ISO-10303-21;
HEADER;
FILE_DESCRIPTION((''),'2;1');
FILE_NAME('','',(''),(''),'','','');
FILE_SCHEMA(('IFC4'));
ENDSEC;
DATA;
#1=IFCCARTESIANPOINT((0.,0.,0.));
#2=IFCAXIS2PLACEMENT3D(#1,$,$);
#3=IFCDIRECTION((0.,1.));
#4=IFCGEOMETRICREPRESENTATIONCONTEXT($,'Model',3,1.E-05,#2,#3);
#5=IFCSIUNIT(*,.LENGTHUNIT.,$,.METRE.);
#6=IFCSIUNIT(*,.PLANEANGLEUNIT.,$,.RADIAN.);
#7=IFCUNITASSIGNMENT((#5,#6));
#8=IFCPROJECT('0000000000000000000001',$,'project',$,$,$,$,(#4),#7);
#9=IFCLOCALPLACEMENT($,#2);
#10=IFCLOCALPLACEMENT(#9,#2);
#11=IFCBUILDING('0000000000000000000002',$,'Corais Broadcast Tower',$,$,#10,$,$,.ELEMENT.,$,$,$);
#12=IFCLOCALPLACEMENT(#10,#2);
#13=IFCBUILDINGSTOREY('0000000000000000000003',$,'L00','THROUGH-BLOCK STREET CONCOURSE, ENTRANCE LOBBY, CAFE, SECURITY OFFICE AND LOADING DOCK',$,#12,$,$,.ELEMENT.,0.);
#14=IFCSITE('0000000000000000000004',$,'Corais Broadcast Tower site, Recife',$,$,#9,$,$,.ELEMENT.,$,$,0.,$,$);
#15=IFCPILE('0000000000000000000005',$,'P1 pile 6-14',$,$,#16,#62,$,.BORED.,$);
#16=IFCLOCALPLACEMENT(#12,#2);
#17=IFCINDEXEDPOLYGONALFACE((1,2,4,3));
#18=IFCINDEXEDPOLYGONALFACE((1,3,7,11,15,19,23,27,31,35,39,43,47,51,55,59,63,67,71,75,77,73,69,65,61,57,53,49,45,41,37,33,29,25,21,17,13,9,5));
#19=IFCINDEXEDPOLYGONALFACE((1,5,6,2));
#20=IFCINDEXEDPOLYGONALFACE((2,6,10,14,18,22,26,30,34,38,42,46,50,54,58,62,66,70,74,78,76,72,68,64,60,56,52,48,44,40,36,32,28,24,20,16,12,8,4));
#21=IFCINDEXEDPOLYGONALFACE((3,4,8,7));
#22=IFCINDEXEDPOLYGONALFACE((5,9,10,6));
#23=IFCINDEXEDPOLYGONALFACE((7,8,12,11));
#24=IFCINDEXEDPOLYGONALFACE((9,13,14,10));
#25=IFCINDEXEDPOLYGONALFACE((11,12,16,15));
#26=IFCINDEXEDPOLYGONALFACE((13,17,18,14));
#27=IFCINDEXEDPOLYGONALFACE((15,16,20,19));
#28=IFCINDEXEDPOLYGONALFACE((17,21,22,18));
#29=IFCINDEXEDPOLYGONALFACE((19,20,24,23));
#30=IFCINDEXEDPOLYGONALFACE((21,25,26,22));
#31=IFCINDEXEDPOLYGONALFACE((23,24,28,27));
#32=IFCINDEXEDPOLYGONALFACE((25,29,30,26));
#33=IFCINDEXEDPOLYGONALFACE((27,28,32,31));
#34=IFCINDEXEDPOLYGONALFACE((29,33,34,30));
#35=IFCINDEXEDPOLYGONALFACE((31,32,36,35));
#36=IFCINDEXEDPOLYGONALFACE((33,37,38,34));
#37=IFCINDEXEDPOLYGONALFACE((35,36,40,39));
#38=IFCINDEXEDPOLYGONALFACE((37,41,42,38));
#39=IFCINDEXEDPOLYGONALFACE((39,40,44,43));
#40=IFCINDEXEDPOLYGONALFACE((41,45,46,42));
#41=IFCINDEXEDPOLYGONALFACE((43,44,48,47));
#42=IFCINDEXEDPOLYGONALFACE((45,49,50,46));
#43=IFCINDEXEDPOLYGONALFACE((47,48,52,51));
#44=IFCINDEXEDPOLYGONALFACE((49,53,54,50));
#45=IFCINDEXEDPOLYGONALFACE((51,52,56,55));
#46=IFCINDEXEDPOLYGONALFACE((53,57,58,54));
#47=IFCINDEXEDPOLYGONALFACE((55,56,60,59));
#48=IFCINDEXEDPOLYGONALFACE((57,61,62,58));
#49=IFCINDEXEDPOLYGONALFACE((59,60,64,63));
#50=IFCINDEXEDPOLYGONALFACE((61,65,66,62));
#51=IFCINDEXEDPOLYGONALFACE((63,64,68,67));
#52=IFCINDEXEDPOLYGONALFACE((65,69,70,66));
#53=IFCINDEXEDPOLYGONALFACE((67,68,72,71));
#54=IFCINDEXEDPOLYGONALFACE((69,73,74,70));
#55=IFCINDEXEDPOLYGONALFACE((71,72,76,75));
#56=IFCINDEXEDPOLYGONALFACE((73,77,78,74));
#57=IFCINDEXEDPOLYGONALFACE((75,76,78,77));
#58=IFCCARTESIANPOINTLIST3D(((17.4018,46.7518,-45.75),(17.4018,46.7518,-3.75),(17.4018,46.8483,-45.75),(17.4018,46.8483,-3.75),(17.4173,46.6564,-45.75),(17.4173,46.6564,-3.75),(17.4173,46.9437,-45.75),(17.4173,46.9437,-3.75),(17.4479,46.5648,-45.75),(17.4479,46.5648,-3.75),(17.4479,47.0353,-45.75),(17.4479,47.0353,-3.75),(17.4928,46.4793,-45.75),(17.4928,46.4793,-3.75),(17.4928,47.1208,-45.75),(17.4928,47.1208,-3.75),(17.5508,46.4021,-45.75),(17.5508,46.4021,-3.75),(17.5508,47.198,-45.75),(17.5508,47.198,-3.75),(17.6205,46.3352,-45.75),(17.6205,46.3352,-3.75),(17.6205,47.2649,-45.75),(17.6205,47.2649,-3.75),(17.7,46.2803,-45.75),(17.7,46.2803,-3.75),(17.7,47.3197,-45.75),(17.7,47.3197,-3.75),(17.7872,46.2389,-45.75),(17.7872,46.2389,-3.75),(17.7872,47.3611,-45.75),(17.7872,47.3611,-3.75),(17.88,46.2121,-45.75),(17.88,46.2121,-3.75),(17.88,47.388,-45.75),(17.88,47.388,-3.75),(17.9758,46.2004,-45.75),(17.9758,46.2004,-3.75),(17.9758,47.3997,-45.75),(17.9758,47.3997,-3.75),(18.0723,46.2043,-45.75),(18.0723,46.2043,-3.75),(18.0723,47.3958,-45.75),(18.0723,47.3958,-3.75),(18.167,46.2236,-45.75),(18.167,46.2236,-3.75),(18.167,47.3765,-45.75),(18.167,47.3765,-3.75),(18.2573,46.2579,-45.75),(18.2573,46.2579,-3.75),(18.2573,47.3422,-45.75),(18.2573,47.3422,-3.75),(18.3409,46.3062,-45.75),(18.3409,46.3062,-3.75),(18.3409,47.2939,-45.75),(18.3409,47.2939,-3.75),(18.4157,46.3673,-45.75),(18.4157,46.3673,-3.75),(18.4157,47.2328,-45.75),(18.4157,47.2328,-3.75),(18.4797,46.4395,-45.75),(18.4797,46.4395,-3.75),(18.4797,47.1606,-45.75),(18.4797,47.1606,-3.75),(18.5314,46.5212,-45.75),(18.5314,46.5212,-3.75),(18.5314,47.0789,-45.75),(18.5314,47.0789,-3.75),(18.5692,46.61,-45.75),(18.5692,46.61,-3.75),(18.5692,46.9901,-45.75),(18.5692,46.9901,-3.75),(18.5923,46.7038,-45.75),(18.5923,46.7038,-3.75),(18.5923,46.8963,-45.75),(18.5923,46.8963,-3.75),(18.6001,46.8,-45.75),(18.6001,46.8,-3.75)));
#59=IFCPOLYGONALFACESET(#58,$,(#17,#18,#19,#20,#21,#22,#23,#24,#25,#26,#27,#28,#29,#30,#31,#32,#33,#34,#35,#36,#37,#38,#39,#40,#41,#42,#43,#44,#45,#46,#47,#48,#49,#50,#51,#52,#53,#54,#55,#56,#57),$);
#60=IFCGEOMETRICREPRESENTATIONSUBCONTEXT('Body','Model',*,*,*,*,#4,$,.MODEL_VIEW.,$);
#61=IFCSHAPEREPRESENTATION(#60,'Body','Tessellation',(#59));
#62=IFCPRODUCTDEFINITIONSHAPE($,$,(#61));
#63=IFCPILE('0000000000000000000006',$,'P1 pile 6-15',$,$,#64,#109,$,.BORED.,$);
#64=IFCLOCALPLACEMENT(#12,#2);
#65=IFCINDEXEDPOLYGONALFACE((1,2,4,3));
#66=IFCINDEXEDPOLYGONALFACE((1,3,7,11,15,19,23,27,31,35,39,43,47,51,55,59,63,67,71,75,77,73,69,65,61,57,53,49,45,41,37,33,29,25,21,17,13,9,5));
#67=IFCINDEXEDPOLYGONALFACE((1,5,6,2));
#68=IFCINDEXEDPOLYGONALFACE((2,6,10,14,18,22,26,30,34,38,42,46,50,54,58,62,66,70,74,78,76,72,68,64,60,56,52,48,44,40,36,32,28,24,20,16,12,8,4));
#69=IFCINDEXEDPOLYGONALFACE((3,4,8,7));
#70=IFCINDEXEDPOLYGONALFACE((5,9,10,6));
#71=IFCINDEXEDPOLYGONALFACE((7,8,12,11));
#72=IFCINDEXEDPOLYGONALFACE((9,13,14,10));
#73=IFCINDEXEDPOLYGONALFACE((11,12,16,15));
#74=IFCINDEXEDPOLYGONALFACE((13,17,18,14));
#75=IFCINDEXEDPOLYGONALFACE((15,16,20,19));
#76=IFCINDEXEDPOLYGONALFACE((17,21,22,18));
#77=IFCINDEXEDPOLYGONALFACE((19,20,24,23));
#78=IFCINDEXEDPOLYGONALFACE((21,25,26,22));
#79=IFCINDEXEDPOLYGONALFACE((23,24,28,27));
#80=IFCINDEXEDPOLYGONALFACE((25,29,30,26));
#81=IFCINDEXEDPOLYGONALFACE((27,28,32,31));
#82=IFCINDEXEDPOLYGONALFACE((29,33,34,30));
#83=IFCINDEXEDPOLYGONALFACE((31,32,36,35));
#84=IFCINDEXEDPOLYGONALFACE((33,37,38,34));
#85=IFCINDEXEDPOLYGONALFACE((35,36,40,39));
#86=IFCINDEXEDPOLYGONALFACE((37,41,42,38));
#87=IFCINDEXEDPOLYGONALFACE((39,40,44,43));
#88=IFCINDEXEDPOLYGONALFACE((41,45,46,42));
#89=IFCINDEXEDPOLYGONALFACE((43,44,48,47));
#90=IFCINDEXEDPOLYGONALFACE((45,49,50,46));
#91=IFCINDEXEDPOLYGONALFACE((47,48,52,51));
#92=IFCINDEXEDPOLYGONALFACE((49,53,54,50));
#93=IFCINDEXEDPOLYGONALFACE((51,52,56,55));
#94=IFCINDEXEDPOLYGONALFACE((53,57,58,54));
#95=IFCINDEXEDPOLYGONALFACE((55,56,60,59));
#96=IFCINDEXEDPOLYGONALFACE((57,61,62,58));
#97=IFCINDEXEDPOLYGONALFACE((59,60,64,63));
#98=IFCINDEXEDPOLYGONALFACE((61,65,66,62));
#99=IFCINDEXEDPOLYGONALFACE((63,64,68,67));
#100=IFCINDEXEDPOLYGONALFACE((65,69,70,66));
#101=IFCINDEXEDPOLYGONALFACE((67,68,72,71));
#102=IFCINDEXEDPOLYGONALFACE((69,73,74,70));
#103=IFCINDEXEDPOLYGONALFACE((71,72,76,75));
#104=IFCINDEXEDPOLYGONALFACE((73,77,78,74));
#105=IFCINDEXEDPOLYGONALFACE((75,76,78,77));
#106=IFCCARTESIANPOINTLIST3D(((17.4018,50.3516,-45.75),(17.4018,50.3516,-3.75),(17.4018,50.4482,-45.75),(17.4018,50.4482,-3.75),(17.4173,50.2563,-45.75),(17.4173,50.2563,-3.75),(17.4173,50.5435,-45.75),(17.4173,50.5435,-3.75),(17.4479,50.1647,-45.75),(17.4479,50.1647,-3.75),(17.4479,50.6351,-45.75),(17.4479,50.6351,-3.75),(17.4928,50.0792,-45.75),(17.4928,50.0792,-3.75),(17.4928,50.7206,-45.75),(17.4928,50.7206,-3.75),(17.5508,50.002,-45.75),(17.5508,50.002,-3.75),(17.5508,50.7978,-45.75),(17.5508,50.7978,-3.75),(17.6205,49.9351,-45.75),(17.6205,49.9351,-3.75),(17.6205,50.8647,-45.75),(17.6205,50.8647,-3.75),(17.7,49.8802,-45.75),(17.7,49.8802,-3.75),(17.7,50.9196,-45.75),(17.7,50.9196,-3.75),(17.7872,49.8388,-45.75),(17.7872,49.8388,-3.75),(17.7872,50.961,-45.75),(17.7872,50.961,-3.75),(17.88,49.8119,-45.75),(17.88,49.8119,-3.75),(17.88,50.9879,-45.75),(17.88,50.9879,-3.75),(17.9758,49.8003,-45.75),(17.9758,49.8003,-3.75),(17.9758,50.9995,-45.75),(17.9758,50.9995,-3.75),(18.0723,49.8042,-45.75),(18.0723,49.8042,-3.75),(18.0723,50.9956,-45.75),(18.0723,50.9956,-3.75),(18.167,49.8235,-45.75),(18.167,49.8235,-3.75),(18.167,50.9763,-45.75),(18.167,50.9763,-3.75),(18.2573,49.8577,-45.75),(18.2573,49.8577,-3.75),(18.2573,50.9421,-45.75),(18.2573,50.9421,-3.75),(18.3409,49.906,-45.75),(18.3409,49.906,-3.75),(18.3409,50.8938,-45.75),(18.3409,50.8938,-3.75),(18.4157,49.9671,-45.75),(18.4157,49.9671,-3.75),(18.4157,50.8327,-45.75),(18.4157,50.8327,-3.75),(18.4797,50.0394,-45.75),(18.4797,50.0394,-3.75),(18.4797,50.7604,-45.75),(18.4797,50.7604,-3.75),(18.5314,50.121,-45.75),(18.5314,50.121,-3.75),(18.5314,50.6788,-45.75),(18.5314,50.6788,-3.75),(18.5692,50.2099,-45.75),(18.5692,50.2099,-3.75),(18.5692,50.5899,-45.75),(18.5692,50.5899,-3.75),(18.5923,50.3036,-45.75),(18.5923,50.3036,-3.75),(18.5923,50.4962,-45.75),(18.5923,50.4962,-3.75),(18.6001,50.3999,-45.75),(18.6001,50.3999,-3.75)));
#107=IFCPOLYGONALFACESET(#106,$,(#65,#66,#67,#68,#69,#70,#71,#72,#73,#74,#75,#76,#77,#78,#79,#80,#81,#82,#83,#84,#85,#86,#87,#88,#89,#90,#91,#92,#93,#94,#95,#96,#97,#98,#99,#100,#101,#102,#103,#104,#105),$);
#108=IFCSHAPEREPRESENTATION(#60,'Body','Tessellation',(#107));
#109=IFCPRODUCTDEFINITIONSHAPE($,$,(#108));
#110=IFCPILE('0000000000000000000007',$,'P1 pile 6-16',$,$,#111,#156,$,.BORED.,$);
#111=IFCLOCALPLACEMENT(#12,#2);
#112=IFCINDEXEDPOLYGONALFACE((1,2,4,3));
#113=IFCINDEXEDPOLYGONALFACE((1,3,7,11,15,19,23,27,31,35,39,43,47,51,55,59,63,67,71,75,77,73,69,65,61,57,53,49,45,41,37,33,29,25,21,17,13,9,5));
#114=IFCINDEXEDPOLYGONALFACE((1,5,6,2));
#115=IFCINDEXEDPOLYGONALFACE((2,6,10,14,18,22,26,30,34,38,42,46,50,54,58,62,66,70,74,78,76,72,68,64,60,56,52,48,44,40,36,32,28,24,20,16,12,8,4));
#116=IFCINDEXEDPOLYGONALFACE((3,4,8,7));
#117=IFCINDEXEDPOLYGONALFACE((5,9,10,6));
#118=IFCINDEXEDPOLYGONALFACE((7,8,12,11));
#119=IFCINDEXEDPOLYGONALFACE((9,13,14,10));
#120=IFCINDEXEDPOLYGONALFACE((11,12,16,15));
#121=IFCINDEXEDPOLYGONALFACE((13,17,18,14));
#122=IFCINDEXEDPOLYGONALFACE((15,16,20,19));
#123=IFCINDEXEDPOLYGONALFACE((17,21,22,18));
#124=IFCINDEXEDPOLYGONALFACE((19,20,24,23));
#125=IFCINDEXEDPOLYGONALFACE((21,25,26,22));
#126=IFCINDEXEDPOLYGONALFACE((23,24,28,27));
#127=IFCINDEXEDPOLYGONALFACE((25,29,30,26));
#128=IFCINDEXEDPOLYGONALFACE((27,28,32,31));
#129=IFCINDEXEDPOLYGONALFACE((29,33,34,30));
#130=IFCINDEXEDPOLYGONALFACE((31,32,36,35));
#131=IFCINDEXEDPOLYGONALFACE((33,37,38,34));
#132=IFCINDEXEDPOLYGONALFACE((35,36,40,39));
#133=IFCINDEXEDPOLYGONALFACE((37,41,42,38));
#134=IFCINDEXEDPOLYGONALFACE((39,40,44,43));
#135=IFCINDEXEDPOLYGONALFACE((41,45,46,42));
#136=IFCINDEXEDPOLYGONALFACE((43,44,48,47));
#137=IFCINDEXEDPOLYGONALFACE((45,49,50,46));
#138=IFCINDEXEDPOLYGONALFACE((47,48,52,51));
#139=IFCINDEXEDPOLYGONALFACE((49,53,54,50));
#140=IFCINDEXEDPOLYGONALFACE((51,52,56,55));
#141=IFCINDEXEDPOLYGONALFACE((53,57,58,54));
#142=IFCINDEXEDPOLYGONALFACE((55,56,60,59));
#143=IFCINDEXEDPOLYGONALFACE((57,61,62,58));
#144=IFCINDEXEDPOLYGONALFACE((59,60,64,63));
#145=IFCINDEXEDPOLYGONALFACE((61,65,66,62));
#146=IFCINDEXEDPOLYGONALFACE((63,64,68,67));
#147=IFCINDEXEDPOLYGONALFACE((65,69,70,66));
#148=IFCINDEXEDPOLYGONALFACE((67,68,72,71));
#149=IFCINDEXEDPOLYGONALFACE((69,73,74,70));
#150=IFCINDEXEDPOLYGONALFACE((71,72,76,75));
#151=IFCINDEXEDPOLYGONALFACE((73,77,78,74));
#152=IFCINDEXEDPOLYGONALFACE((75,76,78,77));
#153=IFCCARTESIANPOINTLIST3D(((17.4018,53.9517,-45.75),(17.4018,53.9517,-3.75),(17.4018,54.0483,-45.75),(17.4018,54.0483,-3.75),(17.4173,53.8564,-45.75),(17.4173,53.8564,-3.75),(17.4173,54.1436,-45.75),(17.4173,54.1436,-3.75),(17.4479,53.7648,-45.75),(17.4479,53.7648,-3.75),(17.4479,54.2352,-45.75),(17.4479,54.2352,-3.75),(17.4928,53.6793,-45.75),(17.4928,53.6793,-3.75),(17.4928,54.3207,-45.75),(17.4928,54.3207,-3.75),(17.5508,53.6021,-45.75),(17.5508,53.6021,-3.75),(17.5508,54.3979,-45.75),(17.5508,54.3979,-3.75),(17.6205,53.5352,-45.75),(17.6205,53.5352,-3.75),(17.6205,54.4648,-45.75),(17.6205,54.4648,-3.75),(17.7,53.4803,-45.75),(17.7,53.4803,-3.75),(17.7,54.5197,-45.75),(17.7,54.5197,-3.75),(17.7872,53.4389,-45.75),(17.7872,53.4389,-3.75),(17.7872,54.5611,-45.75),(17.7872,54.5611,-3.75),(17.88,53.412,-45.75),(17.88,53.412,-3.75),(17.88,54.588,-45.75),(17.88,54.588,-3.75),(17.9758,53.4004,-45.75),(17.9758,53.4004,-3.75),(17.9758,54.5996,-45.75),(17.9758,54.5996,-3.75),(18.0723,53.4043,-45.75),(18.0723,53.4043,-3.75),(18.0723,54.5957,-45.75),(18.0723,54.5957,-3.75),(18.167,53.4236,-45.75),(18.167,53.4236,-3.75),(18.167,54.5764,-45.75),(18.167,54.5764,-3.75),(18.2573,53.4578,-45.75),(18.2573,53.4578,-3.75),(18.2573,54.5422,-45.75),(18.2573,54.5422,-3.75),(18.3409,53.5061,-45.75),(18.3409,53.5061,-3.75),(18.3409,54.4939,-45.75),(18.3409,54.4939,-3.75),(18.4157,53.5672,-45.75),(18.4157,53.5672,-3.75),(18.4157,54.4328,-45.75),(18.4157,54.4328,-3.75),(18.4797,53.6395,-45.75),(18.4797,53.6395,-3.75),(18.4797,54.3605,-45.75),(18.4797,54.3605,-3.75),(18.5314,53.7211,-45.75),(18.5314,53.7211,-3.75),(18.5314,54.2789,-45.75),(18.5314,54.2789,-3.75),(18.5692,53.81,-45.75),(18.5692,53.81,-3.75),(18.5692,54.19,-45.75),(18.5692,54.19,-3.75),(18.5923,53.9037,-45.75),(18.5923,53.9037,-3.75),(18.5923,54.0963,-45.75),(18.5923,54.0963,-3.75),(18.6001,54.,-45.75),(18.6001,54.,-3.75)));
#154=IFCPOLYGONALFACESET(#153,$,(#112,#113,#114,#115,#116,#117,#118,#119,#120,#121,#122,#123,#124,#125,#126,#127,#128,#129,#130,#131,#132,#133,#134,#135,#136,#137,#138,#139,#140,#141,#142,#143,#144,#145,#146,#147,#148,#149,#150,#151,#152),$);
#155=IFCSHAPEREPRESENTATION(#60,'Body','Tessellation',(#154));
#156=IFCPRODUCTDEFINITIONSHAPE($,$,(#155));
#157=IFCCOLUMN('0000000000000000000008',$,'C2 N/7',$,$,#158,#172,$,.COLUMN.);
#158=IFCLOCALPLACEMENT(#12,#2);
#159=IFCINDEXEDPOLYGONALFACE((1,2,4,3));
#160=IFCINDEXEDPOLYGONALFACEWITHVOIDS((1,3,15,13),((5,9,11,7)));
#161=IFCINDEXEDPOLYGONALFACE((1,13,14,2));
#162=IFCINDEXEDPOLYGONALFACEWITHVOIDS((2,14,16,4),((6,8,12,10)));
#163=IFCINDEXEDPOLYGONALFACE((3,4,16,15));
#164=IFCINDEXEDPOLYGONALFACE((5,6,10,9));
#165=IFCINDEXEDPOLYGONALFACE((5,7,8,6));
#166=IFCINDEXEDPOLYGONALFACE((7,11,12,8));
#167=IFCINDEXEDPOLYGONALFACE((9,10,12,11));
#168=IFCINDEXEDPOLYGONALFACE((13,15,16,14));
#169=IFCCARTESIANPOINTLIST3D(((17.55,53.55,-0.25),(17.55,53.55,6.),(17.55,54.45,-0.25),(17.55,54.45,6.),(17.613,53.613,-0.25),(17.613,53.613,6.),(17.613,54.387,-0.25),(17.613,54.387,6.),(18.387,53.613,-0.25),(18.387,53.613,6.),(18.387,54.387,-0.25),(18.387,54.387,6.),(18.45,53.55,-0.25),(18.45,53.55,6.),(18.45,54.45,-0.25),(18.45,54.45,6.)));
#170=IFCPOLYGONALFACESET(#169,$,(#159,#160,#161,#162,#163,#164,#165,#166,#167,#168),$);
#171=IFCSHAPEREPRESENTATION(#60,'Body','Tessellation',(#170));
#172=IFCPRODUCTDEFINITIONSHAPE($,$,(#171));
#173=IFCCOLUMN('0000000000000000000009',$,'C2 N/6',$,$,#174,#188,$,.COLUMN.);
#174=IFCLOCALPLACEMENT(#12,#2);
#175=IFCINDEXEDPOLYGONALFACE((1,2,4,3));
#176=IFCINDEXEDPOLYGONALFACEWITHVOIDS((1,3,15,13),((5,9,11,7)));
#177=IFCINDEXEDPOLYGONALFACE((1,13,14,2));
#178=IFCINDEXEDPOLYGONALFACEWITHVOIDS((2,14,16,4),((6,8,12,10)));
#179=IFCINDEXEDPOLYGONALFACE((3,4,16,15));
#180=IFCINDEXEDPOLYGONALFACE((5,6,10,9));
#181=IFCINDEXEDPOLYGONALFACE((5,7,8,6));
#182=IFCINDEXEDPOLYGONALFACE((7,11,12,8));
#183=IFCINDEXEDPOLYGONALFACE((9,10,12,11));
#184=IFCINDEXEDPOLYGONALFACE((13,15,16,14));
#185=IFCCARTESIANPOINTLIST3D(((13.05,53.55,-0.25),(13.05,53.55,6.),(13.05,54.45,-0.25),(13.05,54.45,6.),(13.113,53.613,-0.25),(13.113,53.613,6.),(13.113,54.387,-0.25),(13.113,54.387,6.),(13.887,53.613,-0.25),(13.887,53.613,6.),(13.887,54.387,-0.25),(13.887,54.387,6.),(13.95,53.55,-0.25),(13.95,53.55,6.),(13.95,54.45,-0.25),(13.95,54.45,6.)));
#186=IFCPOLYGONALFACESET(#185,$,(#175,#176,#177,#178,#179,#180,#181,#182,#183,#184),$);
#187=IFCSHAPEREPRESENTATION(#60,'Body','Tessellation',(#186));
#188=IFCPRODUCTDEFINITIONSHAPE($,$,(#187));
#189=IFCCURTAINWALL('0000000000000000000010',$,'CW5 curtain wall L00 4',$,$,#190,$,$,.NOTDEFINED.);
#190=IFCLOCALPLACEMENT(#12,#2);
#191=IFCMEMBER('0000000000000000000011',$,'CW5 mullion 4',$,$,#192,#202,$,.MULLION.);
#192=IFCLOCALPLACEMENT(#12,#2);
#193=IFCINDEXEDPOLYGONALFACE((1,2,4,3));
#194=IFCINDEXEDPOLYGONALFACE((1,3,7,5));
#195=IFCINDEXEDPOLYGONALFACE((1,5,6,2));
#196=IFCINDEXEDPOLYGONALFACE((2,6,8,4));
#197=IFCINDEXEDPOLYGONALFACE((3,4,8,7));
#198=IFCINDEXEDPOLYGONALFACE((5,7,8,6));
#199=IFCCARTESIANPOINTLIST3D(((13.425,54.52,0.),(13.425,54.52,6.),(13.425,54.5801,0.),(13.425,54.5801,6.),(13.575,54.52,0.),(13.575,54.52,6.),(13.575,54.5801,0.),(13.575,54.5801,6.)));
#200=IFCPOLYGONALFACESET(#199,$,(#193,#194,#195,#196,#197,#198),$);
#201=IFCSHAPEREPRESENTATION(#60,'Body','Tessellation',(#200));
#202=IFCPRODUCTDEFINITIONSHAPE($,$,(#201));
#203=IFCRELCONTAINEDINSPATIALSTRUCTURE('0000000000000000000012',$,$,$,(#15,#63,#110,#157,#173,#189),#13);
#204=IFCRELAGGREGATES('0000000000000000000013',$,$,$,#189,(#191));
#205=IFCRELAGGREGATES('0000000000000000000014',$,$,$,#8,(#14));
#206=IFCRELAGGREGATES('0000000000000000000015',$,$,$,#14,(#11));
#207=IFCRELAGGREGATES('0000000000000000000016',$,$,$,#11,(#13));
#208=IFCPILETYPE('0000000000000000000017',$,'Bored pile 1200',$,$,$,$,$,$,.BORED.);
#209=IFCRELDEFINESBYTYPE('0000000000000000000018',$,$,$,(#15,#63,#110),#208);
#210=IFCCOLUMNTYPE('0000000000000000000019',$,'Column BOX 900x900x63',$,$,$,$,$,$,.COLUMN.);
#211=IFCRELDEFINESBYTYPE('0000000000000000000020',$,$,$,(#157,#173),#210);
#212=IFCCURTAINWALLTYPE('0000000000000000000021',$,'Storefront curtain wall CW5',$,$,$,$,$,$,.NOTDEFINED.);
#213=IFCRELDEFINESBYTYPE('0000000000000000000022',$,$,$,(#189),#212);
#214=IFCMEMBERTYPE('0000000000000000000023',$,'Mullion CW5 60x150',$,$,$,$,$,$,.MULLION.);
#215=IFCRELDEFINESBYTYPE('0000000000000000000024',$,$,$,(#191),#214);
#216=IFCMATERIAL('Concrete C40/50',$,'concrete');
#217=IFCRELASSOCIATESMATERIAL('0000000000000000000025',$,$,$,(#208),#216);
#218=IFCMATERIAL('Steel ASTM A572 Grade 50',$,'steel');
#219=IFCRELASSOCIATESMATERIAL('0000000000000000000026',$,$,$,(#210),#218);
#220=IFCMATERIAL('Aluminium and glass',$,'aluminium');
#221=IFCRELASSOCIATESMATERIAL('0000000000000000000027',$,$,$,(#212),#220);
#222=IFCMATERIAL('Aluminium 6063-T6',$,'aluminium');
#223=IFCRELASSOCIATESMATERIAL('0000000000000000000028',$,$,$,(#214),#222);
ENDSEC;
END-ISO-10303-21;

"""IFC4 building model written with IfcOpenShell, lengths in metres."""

from ifc_helpers import new_model, si_unit, direction, frame, origin, origin_2d, place, context, subcontext, project, spatial, rectangle, hollow_rectangle, circle, extrude, material, material_profile, profile_set, type_object, element, aggregate, save


model = new_model("IFC4")

# Units and contexts
model_context = context("Model", 3, precision=1e-05, world=origin(), true_north=direction((0.0, 1.0)))
body_context = subcontext(model_context, "Body", "Model", "MODEL_VIEW")
ifc_project = project(units=[si_unit("LENGTHUNIT", "METRE"), si_unit("PLANEANGLEUNIT", "RADIAN")], contexts=[model_context])

# Site, building, storey
site_placement = place(None, origin())
site = spatial("IfcSite", under=ifc_project, at=site_placement, Name="Corais Broadcast Tower site, Recife", CompositionType="ELEMENT", RefElevation=0.0)
building_placement = place(site_placement, origin())
building = spatial("IfcBuilding", under=site, at=building_placement, Name="Corais Broadcast Tower", CompositionType="ELEMENT")
storey_placement = place(building_placement, origin())
storey = spatial("IfcBuildingStorey", under=building, at=storey_placement, Name="L00", Description="THROUGH-BLOCK STREET CONCOURSE, ENTRANCE LOBBY, CAFE, SECURITY OFFICE AND LOADING DOCK", CompositionType="ELEMENT", Elevation=0.0)

# Piles
ifc_material_1 = material(Name="Concrete C40/50", Category="concrete")
pile_type = type_object("IfcPileType", Name="Bored pile 1200", PredefinedType="BORED", material=ifc_material_1)
for number, where, z_axis, x_axis, name in (
    (1, (18.0, 46.8, -3.75), (0.0, 0.0, -1.0), (1.0, 0.0, 0.0), "P1 pile 6-14"),
    (2, (18.0, 50.3999, -3.75), (0.0, 0.0, -1.0), (1.0, 0.0, 0.0), "P1 pile 6-15"),
    (3, (18.0, 54.0, -3.75), (0.0, 0.0, -1.0), (1.0, 0.0, 0.0), "P1 pile 6-16"),
):
    element("IfcPile", number, at=place(storey_placement, frame(where, z_axis=z_axis, x_axis=x_axis)), inside=storey, type_object=pile_type, Name=name, PredefinedType="BORED", context=body_context, shape_type="SweptSolid", body=[
        extrude(circle(Radius=0.6001, at=origin_2d()), origin(), (0.0, 0.0, 1.0), 42.0),
    ])

# Columns
ifc_material_2 = material(Name="Steel ASTM A572 Grade 50", Category="steel")
ifc_material_profile_1 = material_profile(ifc_material_2, hollow_rectangle(XDim=0.8999, YDim=0.8999, WallThickness=0.063, at=origin_2d()), Name="BOX 900x900x63")
ifc_profile_set_1 = profile_set([ifc_material_profile_1], Name="Steel ASTM A572 Grade 50")
column_type = type_object("IfcColumnType", Name="Column BOX 900x900x63", PredefinedType="COLUMN", material=ifc_profile_set_1)
for number, where, z_axis, x_axis, name in (
    (4, (18.0, 54.0, -0.25), (0.0, 0.0, 1.0), (1.0, 0.0, 0.0), "C2 N/7"),
    (5, (13.5, 54.0, -0.25), (0.0, 0.0, 1.0), (1.0, 0.0, 0.0), "C2 N/6"),
):
    element("IfcColumn", number, at=place(storey_placement, frame(where, z_axis=z_axis, x_axis=x_axis)), inside=storey, type_object=column_type, Name=name, PredefinedType="COLUMN", context=body_context, shape_type="SweptSolid", body=[
        extrude(hollow_rectangle(XDim=0.8999, YDim=0.8999, WallThickness=0.063, at=origin_2d()), origin(), (0.0, 0.0, 1.0), 6.25),
    ])

# Curtain wall, member
ifc_material_3 = material(Name="Aluminium and glass", Category="aluminium")
curtain_wall_type = type_object("IfcCurtainWallType", Name="Storefront curtain wall CW5", PredefinedType="NOTDEFINED", material=ifc_material_3)
curtain_wall_placement = place(storey_placement, origin())
curtain_wall = element("IfcCurtainWall", 6, at=curtain_wall_placement, inside=storey, type_object=curtain_wall_type, Name="CW5 curtain wall L00 4", PredefinedType="NOTDEFINED")
ifc_material_4 = material(Name="Aluminium 6063-T6", Category="aluminium")
ifc_material_profile_2 = material_profile(ifc_material_4, rectangle(XDim=0.0601, YDim=0.1499, at=origin_2d()), Name="Mullion CW5 60x150")
ifc_profile_set_2 = profile_set([ifc_material_profile_2], Name="Aluminium 6063-T6")
member_type_1 = type_object("IfcMemberType", Name="Mullion CW5 60x150", PredefinedType="MULLION", material=ifc_profile_set_2)
member_1_placement = place(storey_placement, frame((13.5, 54.55, 0.0), z_axis=(0.0, 0.0, 1.0), x_axis=(0.0, 1.0, 0.0)))
member_1 = element("IfcMember", 7, at=member_1_placement, type_object=member_type_1, Name="CW5 mullion 4", PredefinedType="MULLION", context=body_context, shape_type="SweptSolid", body=[
    extrude(rectangle(XDim=0.0601, YDim=0.1499, at=origin_2d()), origin(), (0.0, 0.0, 1.0), 6.0),
])
aggregate(curtain_wall, [member_1])

save(model, "model.ifc")
